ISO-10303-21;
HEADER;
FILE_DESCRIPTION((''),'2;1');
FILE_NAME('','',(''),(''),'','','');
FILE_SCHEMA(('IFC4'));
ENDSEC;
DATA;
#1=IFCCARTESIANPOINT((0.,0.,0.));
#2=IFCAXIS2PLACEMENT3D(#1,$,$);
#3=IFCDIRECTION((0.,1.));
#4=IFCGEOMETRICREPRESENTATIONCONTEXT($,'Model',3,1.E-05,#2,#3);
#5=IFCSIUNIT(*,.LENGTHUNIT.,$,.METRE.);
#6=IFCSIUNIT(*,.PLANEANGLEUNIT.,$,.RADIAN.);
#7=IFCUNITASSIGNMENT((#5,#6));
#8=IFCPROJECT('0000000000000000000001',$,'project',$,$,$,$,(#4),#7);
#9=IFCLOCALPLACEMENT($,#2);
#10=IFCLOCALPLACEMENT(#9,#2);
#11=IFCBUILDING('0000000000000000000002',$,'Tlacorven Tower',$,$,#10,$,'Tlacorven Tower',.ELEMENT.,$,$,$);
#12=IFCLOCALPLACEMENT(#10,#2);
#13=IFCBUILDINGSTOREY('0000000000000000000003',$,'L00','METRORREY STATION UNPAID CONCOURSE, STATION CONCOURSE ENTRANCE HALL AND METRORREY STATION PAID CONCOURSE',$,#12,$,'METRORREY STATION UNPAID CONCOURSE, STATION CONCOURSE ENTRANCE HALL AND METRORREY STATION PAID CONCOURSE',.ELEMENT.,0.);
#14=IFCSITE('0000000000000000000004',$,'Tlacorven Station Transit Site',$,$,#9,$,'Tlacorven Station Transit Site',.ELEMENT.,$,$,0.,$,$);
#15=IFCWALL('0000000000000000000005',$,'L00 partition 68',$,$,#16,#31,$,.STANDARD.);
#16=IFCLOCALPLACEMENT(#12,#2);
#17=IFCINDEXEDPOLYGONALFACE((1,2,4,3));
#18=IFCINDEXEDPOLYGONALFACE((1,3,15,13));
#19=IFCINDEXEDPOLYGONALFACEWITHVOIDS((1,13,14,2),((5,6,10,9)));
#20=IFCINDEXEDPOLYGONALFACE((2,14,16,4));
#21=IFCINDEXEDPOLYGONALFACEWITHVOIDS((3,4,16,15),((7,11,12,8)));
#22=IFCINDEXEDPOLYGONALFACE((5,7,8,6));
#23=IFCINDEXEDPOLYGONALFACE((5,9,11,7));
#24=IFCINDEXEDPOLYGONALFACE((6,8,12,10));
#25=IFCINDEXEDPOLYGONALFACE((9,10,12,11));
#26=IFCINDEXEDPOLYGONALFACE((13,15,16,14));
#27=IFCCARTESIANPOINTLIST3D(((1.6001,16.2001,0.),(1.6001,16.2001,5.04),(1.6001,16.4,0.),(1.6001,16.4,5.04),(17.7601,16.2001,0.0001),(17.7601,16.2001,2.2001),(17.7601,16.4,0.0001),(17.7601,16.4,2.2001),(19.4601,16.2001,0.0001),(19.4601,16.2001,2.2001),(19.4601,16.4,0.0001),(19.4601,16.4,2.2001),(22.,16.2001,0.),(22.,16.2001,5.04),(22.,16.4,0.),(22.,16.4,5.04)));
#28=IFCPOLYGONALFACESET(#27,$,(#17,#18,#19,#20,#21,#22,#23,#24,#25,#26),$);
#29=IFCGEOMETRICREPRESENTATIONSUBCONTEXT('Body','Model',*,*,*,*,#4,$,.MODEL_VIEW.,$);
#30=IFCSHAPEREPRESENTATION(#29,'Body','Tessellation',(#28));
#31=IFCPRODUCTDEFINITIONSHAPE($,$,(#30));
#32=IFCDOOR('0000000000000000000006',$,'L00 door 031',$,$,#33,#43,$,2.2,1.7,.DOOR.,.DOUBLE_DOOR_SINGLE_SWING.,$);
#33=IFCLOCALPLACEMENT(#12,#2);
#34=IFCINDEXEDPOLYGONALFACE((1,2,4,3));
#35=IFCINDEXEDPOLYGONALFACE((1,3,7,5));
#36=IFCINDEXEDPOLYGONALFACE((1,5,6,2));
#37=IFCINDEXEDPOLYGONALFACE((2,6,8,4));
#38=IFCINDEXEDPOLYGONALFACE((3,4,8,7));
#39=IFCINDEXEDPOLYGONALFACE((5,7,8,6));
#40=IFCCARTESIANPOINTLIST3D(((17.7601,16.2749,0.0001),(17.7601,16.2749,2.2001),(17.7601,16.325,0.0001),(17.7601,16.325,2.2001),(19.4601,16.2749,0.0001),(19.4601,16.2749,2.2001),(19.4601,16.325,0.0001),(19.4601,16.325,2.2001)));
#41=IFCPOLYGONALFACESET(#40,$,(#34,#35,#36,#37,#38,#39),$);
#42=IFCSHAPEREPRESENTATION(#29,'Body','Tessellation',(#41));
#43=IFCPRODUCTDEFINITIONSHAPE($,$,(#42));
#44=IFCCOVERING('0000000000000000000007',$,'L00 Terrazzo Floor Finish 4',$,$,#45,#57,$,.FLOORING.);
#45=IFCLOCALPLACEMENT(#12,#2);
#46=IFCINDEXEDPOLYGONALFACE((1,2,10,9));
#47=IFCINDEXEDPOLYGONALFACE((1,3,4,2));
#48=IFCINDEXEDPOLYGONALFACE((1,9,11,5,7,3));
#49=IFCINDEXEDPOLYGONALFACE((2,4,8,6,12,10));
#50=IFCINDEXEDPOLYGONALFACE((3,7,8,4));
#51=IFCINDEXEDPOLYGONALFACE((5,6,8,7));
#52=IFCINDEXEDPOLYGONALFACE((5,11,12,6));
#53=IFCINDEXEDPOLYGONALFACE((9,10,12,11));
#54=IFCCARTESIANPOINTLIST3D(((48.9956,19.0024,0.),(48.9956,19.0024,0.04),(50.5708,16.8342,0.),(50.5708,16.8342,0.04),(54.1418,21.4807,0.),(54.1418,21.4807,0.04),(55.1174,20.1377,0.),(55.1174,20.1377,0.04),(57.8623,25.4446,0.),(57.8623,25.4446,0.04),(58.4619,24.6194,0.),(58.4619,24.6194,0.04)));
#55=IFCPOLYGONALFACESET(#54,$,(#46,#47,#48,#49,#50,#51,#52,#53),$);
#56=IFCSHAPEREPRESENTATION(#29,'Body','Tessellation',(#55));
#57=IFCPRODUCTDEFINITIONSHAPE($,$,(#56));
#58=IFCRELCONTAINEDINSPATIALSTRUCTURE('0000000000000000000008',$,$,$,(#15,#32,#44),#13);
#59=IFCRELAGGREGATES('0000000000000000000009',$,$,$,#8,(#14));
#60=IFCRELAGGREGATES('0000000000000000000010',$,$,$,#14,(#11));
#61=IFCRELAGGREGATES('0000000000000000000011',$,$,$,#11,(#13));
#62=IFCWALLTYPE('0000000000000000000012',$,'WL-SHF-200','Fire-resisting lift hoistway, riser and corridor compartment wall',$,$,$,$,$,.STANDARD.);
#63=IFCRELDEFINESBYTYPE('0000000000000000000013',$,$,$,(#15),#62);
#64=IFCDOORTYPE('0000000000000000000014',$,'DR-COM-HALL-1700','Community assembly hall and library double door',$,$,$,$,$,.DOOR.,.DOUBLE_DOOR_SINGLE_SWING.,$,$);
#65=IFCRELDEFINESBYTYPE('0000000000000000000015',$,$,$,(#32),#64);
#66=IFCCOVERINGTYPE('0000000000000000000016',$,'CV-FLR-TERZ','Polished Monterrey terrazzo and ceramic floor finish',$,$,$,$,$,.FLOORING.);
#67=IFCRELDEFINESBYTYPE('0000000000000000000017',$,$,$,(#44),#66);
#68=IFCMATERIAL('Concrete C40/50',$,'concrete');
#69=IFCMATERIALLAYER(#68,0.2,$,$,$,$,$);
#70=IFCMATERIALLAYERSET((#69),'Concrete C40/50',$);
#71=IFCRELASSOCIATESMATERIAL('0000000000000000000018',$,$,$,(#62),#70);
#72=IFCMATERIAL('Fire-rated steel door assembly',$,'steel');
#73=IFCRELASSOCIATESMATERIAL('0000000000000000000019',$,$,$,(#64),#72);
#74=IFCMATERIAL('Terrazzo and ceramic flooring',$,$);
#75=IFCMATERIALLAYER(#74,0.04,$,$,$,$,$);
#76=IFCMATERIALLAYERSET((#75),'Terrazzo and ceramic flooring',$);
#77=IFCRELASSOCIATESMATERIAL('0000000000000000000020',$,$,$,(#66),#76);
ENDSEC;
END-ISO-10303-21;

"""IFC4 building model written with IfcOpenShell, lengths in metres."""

from ifc_helpers import new_model, si_unit, direction, frame, frame_2d, origin, place, context, subcontext, project, spatial, polyline, rectangle, outline, extrude, source, transform, mapped, material, layer, layer_set, type_object, element, fill, save


model = new_model("IFC4")

# Units and contexts
model_context = context("Model", 3, precision=1e-05, world=origin(), true_north=direction((0.0, 1.0)))
body_context = subcontext(model_context, "Body", "Model", "MODEL_VIEW")
ifc_project = project(units=[si_unit("LENGTHUNIT", "METRE"), si_unit("PLANEANGLEUNIT", "RADIAN")], contexts=[model_context])

# Site, building, storey
site_placement = place(None, origin())
site = spatial("IfcSite", under=ifc_project, at=site_placement, Name="Tlacorven Station Transit Site", LongName="Tlacorven Station Transit Site", CompositionType="ELEMENT", RefElevation=0.0)
building_placement = place(site_placement, origin())
building = spatial("IfcBuilding", under=site, at=building_placement, Name="Tlacorven Tower", LongName="Tlacorven Tower", CompositionType="ELEMENT")
storey_placement = place(building_placement, origin())
storey = spatial("IfcBuildingStorey", under=building, at=storey_placement, Name="L00", Description="METRORREY STATION UNPAID CONCOURSE, STATION CONCOURSE ENTRANCE HALL AND METRORREY STATION PAID CONCOURSE", LongName="METRORREY STATION UNPAID CONCOURSE, STATION CONCOURSE ENTRANCE HALL AND METRORREY STATION PAID CONCOURSE", CompositionType="ELEMENT", Elevation=0.0)

# Shared definitions
ifc_material_1 = material(Name="Concrete C40/50", Category="concrete")

# Wall, opening, door
ifc_layer_1 = layer(ifc_material_1, 0.2)
ifc_layer_set_1 = layer_set([ifc_layer_1], Name="Concrete C40/50")
wall_type_1 = type_object("IfcWallType", Name="WL-SHF-200", Description="Fire-resisting lift hoistway, riser and corridor compartment wall", PredefinedType="STANDARD", material=ifc_layer_set_1)
wall_1_placement = place(storey_placement, frame((1.6001, 16.3, 0.0), z_axis=(0.0, 0.0, 1.0), x_axis=(1.0, 0.0, 0.0)))
wall_1 = element("IfcWall", 1, at=wall_1_placement, inside=storey, type_object=wall_type_1, Name="L00 partition 68", PredefinedType="STANDARD", context=body_context, shape_type="SweptSolid", body=[
    extrude(rectangle(XDim=20.3999, YDim=0.2, at=frame_2d((10.2, 0.0))), origin(), (0.0, 0.0, 1.0), 5.04),
])
opening_1_placement = place(wall_1_placement, frame((16.1599, 0.0, 0.0)))
opening_1 = element("IfcOpeningElement", 2, at=opening_1_placement, cuts=wall_1, PredefinedType="OPENING", context=body_context, shape_type="SweptSolid", body=[
    extrude(rectangle(XDim=1.7, YDim=2.2, at=frame_2d((0.8501, 1.1001))), frame((0.0, 0.1099, 0.0), z_axis=(0.0, -1.0, 0.0), x_axis=(1.0, 0.0, 0.0)), (0.0, 0.0, 1.0), 0.22),
])
ifc_material_2 = material(Name="Fire-rated steel door assembly", Category="steel")
door_type_1 = type_object("IfcDoorType", Name="DR-COM-HALL-1700", Description="Community assembly hall and library double door", OperationType="DOUBLE_DOOR_SINGLE_SWING", PredefinedType="DOOR", material=ifc_material_2)
shared_shape_1 = source(origin(), body_context, "Body", "SweptSolid", [
    extrude(rectangle(XDim=1.7, YDim=2.2, at=frame_2d((0.8501, 1.1001))), frame((0.0, 0.0249, 0.0), z_axis=(0.0, -1.0, 0.0), x_axis=(1.0, 0.0, 0.0)), (0.0, 0.0, 1.0), 0.05),
])
door_1_placement = place(opening_1_placement, origin())
door_1 = element("IfcDoor", 3, at=door_1_placement, inside=storey, type_object=door_type_1, Name="L00 door 031", OperationType="DOUBLE_DOOR_SINGLE_SWING", OverallHeight=2.2, OverallWidth=1.7, PredefinedType="DOOR", context=body_context, shape_type="MappedRepresentation", body=[
    mapped(shared_shape_1, transform((0.0, 0.0, 0.0), scale=1.0)),
])
fill(opening_1, door_1)

# Covering
ifc_material_3 = material(Name="Terrazzo and ceramic flooring")
ifc_layer_2 = layer(ifc_material_3, 0.04)
ifc_layer_set_2 = layer_set([ifc_layer_2], Name="Terrazzo and ceramic flooring")
covering_type = type_object("IfcCoveringType", Name="CV-FLR-TERZ", Description="Polished Monterrey terrazzo and ceramic floor finish", PredefinedType="FLOORING", material=ifc_layer_set_2)
covering_placement = place(storey_placement, origin())
element("IfcCovering", 4, at=covering_placement, inside=storey, type_object=covering_type, Name="L00 Terrazzo Floor Finish 4", PredefinedType="FLOORING", context=body_context, shape_type="SweptSolid", body=[
    extrude(outline(polyline([(50.5708, 16.8342), (48.9956, 19.0024), (57.8623, 25.4446), (58.4619, 24.6194), (54.1418, 21.4807), (55.1174, 20.1377), (50.5708, 16.8342)])), origin(), (0.0, 0.0, 1.0), 0.04),
])

save(model, "model.ifc")
